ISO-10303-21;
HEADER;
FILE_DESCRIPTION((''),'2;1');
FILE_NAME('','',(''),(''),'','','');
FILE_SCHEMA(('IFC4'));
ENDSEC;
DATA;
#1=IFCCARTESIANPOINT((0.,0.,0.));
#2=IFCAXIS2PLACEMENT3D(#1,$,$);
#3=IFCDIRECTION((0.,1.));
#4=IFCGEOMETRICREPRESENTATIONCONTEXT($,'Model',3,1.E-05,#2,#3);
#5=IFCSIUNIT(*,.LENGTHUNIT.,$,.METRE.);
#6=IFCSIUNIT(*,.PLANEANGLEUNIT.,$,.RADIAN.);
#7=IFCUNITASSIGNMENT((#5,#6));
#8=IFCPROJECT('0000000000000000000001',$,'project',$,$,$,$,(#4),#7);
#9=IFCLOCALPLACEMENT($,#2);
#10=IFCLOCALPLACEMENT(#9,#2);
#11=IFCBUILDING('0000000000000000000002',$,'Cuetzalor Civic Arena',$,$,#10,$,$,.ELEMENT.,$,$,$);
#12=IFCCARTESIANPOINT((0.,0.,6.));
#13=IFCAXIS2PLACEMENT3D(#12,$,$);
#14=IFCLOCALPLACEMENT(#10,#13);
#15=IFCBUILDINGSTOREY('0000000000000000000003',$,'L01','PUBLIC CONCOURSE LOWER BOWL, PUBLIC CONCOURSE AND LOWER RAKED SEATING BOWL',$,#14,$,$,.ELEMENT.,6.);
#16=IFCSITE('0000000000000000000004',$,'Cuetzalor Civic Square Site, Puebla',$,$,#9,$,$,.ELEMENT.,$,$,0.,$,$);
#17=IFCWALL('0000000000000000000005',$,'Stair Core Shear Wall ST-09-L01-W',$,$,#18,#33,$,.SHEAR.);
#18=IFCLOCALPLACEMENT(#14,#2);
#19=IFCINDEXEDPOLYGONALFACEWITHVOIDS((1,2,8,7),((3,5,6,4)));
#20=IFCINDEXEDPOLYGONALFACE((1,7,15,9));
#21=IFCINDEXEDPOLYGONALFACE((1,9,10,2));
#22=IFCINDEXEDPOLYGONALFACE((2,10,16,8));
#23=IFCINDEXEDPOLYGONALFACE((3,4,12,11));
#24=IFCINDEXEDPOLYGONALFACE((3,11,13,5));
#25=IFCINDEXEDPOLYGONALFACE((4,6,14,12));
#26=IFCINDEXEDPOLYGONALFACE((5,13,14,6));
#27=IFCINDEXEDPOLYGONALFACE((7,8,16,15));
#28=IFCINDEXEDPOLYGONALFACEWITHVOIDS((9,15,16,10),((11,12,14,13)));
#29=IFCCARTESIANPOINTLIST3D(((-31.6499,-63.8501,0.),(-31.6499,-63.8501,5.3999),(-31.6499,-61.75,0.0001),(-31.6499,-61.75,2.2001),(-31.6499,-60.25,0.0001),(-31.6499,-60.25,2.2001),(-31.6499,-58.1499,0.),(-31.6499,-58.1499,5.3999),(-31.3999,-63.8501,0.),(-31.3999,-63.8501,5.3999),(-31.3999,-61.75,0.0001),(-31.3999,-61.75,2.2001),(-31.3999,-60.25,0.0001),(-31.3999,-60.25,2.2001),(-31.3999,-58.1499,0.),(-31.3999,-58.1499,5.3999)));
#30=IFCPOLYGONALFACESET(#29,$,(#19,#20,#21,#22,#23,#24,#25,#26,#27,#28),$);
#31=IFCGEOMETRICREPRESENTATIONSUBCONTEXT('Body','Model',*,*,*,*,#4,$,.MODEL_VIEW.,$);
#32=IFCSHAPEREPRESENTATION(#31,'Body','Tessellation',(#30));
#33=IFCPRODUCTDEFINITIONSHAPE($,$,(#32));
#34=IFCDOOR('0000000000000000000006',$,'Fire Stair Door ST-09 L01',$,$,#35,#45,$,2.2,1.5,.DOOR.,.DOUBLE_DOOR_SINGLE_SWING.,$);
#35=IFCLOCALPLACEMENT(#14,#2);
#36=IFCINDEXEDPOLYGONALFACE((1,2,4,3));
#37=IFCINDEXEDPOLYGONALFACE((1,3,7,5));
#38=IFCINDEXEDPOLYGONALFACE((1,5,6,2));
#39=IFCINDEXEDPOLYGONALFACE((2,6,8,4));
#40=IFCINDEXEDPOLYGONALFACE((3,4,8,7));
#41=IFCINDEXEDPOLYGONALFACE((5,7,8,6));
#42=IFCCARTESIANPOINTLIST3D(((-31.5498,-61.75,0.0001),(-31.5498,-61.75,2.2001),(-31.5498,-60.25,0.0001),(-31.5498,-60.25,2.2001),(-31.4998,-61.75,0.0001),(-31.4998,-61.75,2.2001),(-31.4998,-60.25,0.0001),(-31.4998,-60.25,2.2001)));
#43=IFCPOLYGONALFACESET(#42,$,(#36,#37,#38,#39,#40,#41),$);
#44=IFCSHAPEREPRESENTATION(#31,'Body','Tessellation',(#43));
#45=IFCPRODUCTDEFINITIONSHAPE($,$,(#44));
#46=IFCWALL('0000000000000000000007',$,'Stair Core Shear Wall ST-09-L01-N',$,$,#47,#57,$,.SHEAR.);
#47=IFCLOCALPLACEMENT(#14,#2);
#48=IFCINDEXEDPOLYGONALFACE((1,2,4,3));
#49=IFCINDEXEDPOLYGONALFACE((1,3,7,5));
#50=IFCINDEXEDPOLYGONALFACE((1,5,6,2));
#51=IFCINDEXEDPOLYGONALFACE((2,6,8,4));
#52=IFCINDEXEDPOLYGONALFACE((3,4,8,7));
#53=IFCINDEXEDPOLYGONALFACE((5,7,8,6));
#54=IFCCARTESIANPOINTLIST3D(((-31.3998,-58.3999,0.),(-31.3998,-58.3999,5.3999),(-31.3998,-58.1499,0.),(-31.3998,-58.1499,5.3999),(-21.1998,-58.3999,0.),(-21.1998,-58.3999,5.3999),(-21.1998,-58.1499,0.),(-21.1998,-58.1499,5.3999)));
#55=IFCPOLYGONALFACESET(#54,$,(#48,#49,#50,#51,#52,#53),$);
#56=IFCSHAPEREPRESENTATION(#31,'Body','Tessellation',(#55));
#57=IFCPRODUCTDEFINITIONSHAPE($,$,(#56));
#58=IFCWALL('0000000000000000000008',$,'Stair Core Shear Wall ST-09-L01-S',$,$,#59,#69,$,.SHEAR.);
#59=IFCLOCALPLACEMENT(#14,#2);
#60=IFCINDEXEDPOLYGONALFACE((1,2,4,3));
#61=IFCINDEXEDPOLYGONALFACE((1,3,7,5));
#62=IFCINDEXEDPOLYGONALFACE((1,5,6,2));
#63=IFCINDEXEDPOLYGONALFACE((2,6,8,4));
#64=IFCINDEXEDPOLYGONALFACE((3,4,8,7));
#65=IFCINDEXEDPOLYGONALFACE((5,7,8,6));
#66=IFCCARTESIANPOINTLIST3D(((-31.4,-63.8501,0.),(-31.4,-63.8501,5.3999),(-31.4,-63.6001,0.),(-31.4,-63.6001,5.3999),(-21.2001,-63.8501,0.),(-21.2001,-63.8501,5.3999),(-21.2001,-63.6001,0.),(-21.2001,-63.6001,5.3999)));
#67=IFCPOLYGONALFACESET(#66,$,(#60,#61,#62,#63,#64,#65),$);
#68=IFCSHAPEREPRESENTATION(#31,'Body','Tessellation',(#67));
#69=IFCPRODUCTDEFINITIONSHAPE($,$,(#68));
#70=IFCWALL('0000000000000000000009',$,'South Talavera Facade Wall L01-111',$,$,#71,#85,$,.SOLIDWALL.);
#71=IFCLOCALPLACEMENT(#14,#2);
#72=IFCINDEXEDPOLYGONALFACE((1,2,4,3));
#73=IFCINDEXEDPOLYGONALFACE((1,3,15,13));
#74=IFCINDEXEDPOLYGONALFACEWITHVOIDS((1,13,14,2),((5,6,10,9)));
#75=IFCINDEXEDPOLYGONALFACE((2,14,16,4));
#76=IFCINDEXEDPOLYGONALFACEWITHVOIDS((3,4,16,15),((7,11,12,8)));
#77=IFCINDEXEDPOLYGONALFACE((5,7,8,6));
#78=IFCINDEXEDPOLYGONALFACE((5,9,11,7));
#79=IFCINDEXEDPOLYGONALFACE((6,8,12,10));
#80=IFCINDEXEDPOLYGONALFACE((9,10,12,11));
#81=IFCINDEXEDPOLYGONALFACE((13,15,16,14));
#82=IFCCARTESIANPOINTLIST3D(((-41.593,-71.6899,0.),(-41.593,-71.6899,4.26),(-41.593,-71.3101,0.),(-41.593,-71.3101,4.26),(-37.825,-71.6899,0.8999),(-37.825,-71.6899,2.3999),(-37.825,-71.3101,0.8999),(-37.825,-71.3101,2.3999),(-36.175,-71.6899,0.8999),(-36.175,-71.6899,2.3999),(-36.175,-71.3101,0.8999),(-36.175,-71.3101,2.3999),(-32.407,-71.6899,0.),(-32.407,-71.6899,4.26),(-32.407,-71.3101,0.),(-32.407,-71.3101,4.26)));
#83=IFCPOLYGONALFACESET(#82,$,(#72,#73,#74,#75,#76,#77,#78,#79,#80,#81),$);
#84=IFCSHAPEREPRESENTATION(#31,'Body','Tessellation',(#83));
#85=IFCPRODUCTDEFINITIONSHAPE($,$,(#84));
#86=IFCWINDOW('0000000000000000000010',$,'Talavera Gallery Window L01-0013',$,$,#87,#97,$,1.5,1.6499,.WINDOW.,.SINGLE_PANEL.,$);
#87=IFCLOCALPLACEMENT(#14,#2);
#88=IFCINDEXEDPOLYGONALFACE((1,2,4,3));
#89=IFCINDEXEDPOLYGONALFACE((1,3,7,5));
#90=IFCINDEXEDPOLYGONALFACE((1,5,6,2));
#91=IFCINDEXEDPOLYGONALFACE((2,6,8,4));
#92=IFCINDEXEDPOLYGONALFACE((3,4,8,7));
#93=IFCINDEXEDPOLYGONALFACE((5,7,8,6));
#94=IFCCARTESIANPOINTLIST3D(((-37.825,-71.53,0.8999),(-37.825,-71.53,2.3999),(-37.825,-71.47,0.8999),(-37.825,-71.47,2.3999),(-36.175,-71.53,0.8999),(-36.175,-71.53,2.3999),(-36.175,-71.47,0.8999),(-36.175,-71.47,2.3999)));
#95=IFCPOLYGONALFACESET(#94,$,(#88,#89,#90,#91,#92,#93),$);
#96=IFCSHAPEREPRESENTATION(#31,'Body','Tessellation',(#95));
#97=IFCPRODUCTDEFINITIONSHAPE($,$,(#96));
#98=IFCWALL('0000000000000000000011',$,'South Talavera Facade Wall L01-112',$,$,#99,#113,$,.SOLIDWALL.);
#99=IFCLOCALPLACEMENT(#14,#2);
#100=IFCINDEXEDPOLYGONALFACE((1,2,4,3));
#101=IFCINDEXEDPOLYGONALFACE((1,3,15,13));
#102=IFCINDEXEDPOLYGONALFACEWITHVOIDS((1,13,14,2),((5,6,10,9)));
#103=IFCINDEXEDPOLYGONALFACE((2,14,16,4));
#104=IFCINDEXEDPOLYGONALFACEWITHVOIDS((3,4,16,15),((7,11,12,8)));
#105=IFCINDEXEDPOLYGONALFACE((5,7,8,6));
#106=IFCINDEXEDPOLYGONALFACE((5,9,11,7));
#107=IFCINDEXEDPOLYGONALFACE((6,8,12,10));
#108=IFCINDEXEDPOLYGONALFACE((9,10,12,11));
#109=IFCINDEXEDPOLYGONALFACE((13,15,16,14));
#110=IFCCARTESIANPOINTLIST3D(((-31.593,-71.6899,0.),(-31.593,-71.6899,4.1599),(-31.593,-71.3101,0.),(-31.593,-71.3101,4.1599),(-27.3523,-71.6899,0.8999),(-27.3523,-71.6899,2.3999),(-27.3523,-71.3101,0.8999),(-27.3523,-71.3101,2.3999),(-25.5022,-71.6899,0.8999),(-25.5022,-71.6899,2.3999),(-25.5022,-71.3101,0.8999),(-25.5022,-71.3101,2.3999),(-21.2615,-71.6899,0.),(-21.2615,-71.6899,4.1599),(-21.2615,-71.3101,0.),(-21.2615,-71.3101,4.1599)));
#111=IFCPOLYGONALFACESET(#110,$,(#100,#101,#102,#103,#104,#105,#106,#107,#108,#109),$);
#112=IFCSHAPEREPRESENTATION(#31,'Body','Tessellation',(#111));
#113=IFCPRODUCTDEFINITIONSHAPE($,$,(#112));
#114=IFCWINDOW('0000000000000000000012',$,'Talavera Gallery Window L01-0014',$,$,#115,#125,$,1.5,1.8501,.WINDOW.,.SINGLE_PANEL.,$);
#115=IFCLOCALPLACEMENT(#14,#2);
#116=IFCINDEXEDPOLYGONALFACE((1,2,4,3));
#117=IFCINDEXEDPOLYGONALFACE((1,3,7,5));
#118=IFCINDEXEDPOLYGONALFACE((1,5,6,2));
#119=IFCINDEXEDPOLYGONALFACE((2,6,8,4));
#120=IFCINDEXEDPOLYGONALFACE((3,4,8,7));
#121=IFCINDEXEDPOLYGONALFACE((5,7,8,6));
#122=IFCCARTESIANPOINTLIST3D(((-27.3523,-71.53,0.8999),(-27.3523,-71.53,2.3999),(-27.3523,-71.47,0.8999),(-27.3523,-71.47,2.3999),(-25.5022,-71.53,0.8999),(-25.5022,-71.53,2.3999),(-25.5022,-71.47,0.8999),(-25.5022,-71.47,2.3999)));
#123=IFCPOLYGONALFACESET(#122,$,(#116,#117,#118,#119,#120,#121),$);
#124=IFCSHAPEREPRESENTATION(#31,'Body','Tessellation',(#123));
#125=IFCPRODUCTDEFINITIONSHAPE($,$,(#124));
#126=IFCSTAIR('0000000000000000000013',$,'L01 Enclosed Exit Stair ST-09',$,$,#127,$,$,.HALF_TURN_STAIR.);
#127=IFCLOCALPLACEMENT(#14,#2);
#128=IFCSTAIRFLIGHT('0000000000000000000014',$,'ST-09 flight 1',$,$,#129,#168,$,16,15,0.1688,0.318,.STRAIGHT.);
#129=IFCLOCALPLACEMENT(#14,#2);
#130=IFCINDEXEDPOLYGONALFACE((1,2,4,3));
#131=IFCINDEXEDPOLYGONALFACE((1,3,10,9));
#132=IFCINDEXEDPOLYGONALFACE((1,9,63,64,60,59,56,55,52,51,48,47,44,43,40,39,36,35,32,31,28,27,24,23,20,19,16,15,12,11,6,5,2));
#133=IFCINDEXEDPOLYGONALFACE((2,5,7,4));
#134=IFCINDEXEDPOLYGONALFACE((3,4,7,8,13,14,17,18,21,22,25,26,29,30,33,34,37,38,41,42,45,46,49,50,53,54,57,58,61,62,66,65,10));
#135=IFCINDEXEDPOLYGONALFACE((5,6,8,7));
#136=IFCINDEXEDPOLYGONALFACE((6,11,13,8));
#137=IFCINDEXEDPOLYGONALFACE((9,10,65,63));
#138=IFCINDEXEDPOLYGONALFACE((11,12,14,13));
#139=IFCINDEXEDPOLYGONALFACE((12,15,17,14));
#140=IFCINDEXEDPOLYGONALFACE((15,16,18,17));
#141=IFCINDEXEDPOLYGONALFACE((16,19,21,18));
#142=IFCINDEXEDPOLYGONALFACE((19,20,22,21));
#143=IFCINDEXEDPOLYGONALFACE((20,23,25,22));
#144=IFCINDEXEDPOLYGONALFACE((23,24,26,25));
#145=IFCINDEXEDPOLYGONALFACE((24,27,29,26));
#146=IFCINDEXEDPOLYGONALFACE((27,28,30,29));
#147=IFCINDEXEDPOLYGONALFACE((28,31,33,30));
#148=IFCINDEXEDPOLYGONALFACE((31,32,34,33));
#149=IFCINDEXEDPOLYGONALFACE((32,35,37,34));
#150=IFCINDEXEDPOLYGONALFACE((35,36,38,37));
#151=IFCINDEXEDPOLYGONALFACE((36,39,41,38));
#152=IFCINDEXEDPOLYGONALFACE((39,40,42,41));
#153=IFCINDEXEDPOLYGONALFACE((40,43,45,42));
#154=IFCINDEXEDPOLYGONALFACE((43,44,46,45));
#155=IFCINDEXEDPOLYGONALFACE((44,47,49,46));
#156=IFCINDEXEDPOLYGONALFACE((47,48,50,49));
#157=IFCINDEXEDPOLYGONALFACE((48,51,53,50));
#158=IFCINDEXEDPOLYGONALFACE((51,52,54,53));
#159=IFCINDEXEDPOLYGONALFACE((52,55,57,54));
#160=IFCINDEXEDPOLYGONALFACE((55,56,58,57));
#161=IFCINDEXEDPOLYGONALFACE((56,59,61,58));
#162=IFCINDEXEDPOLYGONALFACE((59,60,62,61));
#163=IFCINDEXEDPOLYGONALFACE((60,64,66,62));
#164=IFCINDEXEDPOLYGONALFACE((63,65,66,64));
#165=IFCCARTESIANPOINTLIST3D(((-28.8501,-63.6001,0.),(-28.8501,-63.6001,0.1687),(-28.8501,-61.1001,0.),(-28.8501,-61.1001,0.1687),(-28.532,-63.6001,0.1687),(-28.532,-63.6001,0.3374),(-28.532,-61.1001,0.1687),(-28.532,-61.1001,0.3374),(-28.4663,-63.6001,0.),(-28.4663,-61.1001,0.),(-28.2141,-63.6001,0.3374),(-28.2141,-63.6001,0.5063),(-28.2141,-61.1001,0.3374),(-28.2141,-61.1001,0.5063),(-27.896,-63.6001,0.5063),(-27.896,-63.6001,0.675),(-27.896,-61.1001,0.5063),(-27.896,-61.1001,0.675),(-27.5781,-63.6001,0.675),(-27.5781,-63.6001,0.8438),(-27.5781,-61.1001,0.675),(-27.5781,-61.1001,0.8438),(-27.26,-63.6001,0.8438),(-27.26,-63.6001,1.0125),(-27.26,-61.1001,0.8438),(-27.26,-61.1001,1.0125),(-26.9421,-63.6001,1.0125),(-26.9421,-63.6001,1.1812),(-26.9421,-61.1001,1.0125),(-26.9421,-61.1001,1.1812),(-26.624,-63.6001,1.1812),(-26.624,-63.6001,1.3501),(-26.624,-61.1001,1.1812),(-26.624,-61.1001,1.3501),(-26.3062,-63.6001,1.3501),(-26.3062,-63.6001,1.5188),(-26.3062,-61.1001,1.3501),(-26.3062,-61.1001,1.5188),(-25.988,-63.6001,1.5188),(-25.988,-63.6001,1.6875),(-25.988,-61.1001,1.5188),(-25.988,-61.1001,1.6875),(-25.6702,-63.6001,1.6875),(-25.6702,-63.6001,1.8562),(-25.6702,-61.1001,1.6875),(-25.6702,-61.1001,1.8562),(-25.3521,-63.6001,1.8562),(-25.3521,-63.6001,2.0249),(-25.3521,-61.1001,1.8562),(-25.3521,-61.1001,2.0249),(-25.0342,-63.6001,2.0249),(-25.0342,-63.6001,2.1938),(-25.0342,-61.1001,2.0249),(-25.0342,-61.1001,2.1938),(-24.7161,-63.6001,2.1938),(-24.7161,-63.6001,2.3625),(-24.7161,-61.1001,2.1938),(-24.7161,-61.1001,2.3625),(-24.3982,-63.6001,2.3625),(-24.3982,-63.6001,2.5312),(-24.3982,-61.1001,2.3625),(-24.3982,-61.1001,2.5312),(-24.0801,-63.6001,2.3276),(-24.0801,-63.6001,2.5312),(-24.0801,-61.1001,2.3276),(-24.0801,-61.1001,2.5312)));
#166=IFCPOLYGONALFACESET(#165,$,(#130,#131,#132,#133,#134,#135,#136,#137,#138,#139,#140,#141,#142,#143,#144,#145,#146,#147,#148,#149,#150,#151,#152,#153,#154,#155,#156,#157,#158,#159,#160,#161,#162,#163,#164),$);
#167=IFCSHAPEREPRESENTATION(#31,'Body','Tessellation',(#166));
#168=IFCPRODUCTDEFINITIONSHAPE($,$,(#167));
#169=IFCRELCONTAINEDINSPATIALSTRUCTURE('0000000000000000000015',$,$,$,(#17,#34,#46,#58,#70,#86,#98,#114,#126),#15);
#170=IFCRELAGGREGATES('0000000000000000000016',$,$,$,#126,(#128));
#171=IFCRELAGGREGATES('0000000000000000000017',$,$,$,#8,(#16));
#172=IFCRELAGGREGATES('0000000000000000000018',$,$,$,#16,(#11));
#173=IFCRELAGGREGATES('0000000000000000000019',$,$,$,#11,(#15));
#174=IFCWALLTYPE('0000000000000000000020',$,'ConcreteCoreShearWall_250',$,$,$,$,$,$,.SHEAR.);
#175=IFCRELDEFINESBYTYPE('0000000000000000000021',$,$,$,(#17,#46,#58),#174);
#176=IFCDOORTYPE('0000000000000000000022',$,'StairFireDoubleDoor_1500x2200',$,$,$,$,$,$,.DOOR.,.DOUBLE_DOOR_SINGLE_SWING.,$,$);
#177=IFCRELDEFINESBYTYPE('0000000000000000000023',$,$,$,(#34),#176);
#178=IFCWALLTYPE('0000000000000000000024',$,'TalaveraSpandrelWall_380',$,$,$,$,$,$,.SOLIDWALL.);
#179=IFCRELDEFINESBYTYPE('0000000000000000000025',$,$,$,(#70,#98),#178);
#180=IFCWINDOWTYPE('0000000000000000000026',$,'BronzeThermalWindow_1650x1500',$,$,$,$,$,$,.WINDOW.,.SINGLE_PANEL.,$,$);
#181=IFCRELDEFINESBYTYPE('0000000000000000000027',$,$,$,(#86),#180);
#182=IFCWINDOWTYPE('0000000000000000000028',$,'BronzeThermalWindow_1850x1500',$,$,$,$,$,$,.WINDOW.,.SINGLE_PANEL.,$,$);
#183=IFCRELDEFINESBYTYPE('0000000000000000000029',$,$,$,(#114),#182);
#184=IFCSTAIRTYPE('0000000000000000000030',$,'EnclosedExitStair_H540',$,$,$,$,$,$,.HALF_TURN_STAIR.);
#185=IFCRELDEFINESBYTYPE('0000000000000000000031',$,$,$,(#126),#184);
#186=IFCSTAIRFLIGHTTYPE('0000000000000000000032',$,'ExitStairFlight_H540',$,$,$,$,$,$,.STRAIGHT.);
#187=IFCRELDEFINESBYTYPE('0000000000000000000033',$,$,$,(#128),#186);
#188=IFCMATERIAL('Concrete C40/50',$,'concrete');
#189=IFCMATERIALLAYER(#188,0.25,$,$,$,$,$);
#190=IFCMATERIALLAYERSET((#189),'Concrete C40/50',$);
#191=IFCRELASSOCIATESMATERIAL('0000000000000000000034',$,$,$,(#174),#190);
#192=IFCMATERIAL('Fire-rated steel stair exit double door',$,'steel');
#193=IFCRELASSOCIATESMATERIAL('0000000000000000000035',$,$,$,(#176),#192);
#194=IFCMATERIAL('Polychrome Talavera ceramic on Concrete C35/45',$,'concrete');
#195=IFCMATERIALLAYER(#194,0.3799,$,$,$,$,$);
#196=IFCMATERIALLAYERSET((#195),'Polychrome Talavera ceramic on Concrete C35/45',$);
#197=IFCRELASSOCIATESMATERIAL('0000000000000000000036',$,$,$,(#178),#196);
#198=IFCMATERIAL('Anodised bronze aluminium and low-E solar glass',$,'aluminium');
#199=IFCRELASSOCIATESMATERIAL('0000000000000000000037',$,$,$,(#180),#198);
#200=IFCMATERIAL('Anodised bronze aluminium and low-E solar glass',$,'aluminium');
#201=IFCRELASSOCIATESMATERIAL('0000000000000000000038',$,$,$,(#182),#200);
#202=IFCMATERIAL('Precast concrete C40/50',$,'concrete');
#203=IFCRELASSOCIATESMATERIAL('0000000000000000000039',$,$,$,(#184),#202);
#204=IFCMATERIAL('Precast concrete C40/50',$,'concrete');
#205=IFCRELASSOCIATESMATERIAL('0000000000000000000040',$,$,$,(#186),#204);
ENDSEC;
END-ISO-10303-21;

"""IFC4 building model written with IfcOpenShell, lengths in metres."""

from ifc_helpers import new_model, si_unit, direction, frame, frame_2d, origin, place, context, subcontext, project, spatial, polyline, rectangle, outline, extrude, material, layer, layer_set, type_object, element, fill, aggregate, save


model = new_model("IFC4")

# Units and contexts
model_context = context("Model", 3, precision=1e-05, world=origin(), true_north=direction((0.0, 1.0)))
body_context = subcontext(model_context, "Body", "Model", "MODEL_VIEW")
ifc_project = project(units=[si_unit("LENGTHUNIT", "METRE"), si_unit("PLANEANGLEUNIT", "RADIAN")], contexts=[model_context])

# Site, building, storey
site_placement = place(None, origin())
site = spatial("IfcSite", under=ifc_project, at=site_placement, Name="Cuetzalor Civic Square Site, Puebla", CompositionType="ELEMENT", RefElevation=0.0)
building_placement = place(site_placement, origin())
building = spatial("IfcBuilding", under=site, at=building_placement, Name="Cuetzalor Civic Arena", CompositionType="ELEMENT")
storey_placement = place(building_placement, frame((0.0, 0.0, 6.0)))
storey = spatial("IfcBuildingStorey", under=building, at=storey_placement, Name="L01", Description="PUBLIC CONCOURSE LOWER BOWL, PUBLIC CONCOURSE AND LOWER RAKED SEATING BOWL", CompositionType="ELEMENT", Elevation=6.0)

# Wall, opening, door
ifc_material_1 = material(Name="Concrete C40/50", Category="concrete")
ifc_layer_1 = layer(ifc_material_1, 0.25)
ifc_layer_set_1 = layer_set([ifc_layer_1], Name="Concrete C40/50")
wall_type_1 = type_object("IfcWallType", Name="ConcreteCoreShearWall_250", PredefinedType="SHEAR", material=ifc_layer_set_1)
wall_1_placement = place(storey_placement, frame((-31.5249, -63.8501, 0.0), z_axis=(0.0, 0.0, 1.0), x_axis=(0.0, 1.0, 0.0)))
wall_1 = element("IfcWall", 1, at=wall_1_placement, inside=storey, type_object=wall_type_1, Name="Stair Core Shear Wall ST-09-L01-W", PredefinedType="SHEAR", context=body_context, shape_type="SweptSolid", body=[
    extrude(rectangle(XDim=5.7002, YDim=0.25, at=frame_2d((2.8501, 0.0))), origin(), (0.0, 0.0, 1.0), 5.3999),
])
opening_1_placement = place(wall_1_placement, frame((2.1001, 0.0, 0.0)))
opening_1 = element("IfcOpeningElement", 2, at=opening_1_placement, cuts=wall_1, PredefinedType="OPENING", context=body_context, shape_type="SweptSolid", body=[
    extrude(rectangle(XDim=1.5, YDim=2.2, at=frame_2d((0.75, 1.1001))), frame((0.0, 0.135, 0.0), z_axis=(0.0, -1.0, 0.0), x_axis=(1.0, 0.0, 0.0)), (0.0, 0.0, 1.0), 0.27),
])
ifc_material_2 = material(Name="Fire-rated steel stair exit double door", Category="steel")
door_type = type_object("IfcDoorType", Name="StairFireDoubleDoor_1500x2200", OperationType="DOUBLE_DOOR_SINGLE_SWING", PredefinedType="DOOR", material=ifc_material_2)
door_placement = place(opening_1_placement, origin())
door = element("IfcDoor", 3, at=door_placement, inside=storey, type_object=door_type, Name="Fire Stair Door ST-09 L01", OperationType="DOUBLE_DOOR_SINGLE_SWING", OverallHeight=2.2, OverallWidth=1.5, PredefinedType="DOOR", context=body_context, shape_type="SweptSolid", body=[
    extrude(rectangle(XDim=1.5, YDim=2.2, at=frame_2d((0.75, 1.1001))), frame((0.0, 0.0249, 0.0), z_axis=(0.0, -1.0, 0.0), x_axis=(1.0, 0.0, 0.0)), (0.0, 0.0, 1.0), 0.05),
])
fill(opening_1, door)

# Walls
for number, where, z_axis, x_axis, name in (
    (4, (-31.3999, -58.2749, 0.0), (0.0, 0.0, 1.0), (1.0, 0.0, 0.0), "Stair Core Shear Wall ST-09-L01-N"),
    (5, (-21.2, -63.7251, 0.0), (0.0, 0.0, 1.0), (-1.0, 0.0, 0.0), "Stair Core Shear Wall ST-09-L01-S"),
):
    element("IfcWall", number, at=place(storey_placement, frame(where, z_axis=z_axis, x_axis=x_axis)), inside=storey, type_object=wall_type_1, Name=name, PredefinedType="SHEAR", context=body_context, shape_type="SweptSolid", body=[
        extrude(rectangle(XDim=10.2, YDim=0.25, at=frame_2d((5.1001, 0.0))), origin(), (0.0, 0.0, 1.0), 5.3999),
    ])

# Walls, openings, windows
ifc_material_3 = material(Name="Polychrome Talavera ceramic on Concrete C35/45", Category="concrete")
ifc_layer_2 = layer(ifc_material_3, 0.3799)
ifc_layer_set_2 = layer_set([ifc_layer_2], Name="Polychrome Talavera ceramic on Concrete C35/45")
wall_type_2 = type_object("IfcWallType", Name="TalaveraSpandrelWall_380", PredefinedType="SOLIDWALL", material=ifc_layer_set_2)
wall_2_placement = place(storey_placement, frame((-32.407, -71.5, 0.0), z_axis=(0.0, 0.0, 1.0), x_axis=(-1.0, 0.0, 0.0)))
wall_2 = element("IfcWall", 6, at=wall_2_placement, inside=storey, type_object=wall_type_2, Name="South Talavera Facade Wall L01-111", PredefinedType="SOLIDWALL", context=body_context, shape_type="SweptSolid", body=[
    extrude(rectangle(XDim=9.186, YDim=0.3799, at=frame_2d((4.593, 0.0))), origin(), (0.0, 0.0, 1.0), 4.26),
])
opening_2_placement = place(wall_2_placement, frame((3.7681, 0.0, 0.8999)))
opening_2 = element("IfcOpeningElement", 7, at=opening_2_placement, cuts=wall_2, PredefinedType="OPENING", context=body_context, shape_type="SweptSolid", body=[
    extrude(rectangle(XDim=1.6499, YDim=1.5, at=frame_2d((0.825, 0.75))), frame((0.0, 0.2, 0.0), z_axis=(0.0, -1.0, 0.0), x_axis=(1.0, 0.0, 0.0)), (0.0, 0.0, 1.0), 0.3999),
])
ifc_material_4 = material(Name="Anodised bronze aluminium and low-E solar glass", Category="aluminium")
window_type_1 = type_object("IfcWindowType", Name="BronzeThermalWindow_1650x1500", PartitioningType="SINGLE_PANEL", PredefinedType="WINDOW", material=ifc_material_4)
window_1_placement = place(opening_2_placement, origin())
window_1 = element("IfcWindow", 8, at=window_1_placement, inside=storey, type_object=window_type_1, Name="Talavera Gallery Window L01-0013", OverallHeight=1.5, OverallWidth=1.6499, PartitioningType="SINGLE_PANEL", PredefinedType="WINDOW", context=body_context, shape_type="SweptSolid", body=[
    extrude(rectangle(XDim=1.6499, YDim=1.5, at=frame_2d((0.825, 0.75))), frame((0.0, 0.03, 0.0), z_axis=(0.0, -1.0, 0.0), x_axis=(1.0, 0.0, 0.0)), (0.0, 0.0, 1.0), 0.0601),
])
fill(opening_2, window_1)
wall_3_placement = place(storey_placement, frame((-21.2615, -71.5, 0.0), z_axis=(0.0, 0.0, 1.0), x_axis=(-1.0, 0.0, 0.0)))
wall_3 = element("IfcWall", 9, at=wall_3_placement, inside=storey, type_object=wall_type_2, Name="South Talavera Facade Wall L01-112", PredefinedType="SOLIDWALL", context=body_context, shape_type="SweptSolid", body=[
    extrude(rectangle(XDim=10.3315, YDim=0.3799, at=frame_2d((5.1658, 0.0))), origin(), (0.0, 0.0, 1.0), 4.1599),
])
opening_3_placement = place(wall_3_placement, frame((4.2407, 0.0, 0.8999)))
opening_3 = element("IfcOpeningElement", 10, at=opening_3_placement, cuts=wall_3, PredefinedType="OPENING", context=body_context, shape_type="SweptSolid", body=[
    extrude(rectangle(XDim=1.8501, YDim=1.5, at=frame_2d((0.925, 0.75))), frame((0.0, 0.2, 0.0), z_axis=(0.0, -1.0, 0.0), x_axis=(1.0, 0.0, 0.0)), (0.0, 0.0, 1.0), 0.3999),
])
ifc_material_5 = material(Name="Anodised bronze aluminium and low-E solar glass", Category="aluminium")
window_type_2 = type_object("IfcWindowType", Name="BronzeThermalWindow_1850x1500", PartitioningType="SINGLE_PANEL", PredefinedType="WINDOW", material=ifc_material_5)
window_2_placement = place(opening_3_placement, origin())
window_2 = element("IfcWindow", 11, at=window_2_placement, inside=storey, type_object=window_type_2, Name="Talavera Gallery Window L01-0014", OverallHeight=1.5, OverallWidth=1.8501, PartitioningType="SINGLE_PANEL", PredefinedType="WINDOW", context=body_context, shape_type="SweptSolid", body=[
    extrude(rectangle(XDim=1.8501, YDim=1.5, at=frame_2d((0.925, 0.75))), frame((0.0, 0.03, 0.0), z_axis=(0.0, -1.0, 0.0), x_axis=(1.0, 0.0, 0.0)), (0.0, 0.0, 1.0), 0.0601),
])
fill(opening_3, window_2)

# Stair, stair flight
ifc_material_6 = material(Name="Precast concrete C40/50", Category="concrete")
stair_type = type_object("IfcStairType", Name="EnclosedExitStair_H540", PredefinedType="HALF_TURN_STAIR", material=ifc_material_6)
stair_placement = place(storey_placement, origin())
stair = element("IfcStair", 12, at=stair_placement, inside=storey, type_object=stair_type, Name="L01 Enclosed Exit Stair ST-09", PredefinedType="HALF_TURN_STAIR")
ifc_material_7 = material(Name="Precast concrete C40/50", Category="concrete")
stair_flight_type = type_object("IfcStairFlightType", Name="ExitStairFlight_H540", PredefinedType="STRAIGHT", material=ifc_material_7)
stair_flight_1_placement = place(storey_placement, frame((-28.8501, -62.3501, 0.0), z_axis=(0.0, 0.0, 1.0), x_axis=(1.0, 0.0, 0.0)))
stair_flight_1 = element("IfcStairFlight", 13, at=stair_flight_1_placement, type_object=stair_flight_type, Name="ST-09 flight 1", NumberOfRisers=16, NumberOfTreads=15, PredefinedType="STRAIGHT", RiserHeight=0.1688, TreadLength=0.318, context=body_context, shape_type="SweptSolid", body=[
    extrude(outline(polyline([(0.0, 0.0), (0.0, 0.1687), (0.3181, 0.1687), (0.3181, 0.3374), (0.636, 0.3374), (0.636, 0.5063), (0.9541, 0.5063), (0.9541, 0.675), (1.272, 0.675), (1.272, 0.8438), (1.5901, 0.8438), (1.5901, 1.0125), (1.908, 1.0125), (1.908, 1.1812), (2.2261, 1.1812), (2.2261, 1.3501), (2.5439, 1.3501), (2.5439, 1.5188), (2.8621, 1.5188), (2.8621, 1.6875), (3.1799, 1.6875), (3.1799, 1.8562), (3.498, 1.8562), (3.498, 2.0249), (3.8159, 2.0249), (3.8159, 2.1938), (4.134, 2.1938), (4.134, 2.3625), (4.4519, 2.3625), (4.4519, 2.5312), (4.77, 2.5312), (4.77, 2.7), (4.77, 2.3276), (0.3838, 0.0), (0.0, 0.0)])), frame((0.0, 1.25, 0.0), z_axis=(0.0, -1.0, 0.0), x_axis=(1.0, 0.0, 0.0)), (0.0, 0.0, 1.0), 2.5),
])
aggregate(stair, [stair_flight_1])

save(model, "model.ifc")
